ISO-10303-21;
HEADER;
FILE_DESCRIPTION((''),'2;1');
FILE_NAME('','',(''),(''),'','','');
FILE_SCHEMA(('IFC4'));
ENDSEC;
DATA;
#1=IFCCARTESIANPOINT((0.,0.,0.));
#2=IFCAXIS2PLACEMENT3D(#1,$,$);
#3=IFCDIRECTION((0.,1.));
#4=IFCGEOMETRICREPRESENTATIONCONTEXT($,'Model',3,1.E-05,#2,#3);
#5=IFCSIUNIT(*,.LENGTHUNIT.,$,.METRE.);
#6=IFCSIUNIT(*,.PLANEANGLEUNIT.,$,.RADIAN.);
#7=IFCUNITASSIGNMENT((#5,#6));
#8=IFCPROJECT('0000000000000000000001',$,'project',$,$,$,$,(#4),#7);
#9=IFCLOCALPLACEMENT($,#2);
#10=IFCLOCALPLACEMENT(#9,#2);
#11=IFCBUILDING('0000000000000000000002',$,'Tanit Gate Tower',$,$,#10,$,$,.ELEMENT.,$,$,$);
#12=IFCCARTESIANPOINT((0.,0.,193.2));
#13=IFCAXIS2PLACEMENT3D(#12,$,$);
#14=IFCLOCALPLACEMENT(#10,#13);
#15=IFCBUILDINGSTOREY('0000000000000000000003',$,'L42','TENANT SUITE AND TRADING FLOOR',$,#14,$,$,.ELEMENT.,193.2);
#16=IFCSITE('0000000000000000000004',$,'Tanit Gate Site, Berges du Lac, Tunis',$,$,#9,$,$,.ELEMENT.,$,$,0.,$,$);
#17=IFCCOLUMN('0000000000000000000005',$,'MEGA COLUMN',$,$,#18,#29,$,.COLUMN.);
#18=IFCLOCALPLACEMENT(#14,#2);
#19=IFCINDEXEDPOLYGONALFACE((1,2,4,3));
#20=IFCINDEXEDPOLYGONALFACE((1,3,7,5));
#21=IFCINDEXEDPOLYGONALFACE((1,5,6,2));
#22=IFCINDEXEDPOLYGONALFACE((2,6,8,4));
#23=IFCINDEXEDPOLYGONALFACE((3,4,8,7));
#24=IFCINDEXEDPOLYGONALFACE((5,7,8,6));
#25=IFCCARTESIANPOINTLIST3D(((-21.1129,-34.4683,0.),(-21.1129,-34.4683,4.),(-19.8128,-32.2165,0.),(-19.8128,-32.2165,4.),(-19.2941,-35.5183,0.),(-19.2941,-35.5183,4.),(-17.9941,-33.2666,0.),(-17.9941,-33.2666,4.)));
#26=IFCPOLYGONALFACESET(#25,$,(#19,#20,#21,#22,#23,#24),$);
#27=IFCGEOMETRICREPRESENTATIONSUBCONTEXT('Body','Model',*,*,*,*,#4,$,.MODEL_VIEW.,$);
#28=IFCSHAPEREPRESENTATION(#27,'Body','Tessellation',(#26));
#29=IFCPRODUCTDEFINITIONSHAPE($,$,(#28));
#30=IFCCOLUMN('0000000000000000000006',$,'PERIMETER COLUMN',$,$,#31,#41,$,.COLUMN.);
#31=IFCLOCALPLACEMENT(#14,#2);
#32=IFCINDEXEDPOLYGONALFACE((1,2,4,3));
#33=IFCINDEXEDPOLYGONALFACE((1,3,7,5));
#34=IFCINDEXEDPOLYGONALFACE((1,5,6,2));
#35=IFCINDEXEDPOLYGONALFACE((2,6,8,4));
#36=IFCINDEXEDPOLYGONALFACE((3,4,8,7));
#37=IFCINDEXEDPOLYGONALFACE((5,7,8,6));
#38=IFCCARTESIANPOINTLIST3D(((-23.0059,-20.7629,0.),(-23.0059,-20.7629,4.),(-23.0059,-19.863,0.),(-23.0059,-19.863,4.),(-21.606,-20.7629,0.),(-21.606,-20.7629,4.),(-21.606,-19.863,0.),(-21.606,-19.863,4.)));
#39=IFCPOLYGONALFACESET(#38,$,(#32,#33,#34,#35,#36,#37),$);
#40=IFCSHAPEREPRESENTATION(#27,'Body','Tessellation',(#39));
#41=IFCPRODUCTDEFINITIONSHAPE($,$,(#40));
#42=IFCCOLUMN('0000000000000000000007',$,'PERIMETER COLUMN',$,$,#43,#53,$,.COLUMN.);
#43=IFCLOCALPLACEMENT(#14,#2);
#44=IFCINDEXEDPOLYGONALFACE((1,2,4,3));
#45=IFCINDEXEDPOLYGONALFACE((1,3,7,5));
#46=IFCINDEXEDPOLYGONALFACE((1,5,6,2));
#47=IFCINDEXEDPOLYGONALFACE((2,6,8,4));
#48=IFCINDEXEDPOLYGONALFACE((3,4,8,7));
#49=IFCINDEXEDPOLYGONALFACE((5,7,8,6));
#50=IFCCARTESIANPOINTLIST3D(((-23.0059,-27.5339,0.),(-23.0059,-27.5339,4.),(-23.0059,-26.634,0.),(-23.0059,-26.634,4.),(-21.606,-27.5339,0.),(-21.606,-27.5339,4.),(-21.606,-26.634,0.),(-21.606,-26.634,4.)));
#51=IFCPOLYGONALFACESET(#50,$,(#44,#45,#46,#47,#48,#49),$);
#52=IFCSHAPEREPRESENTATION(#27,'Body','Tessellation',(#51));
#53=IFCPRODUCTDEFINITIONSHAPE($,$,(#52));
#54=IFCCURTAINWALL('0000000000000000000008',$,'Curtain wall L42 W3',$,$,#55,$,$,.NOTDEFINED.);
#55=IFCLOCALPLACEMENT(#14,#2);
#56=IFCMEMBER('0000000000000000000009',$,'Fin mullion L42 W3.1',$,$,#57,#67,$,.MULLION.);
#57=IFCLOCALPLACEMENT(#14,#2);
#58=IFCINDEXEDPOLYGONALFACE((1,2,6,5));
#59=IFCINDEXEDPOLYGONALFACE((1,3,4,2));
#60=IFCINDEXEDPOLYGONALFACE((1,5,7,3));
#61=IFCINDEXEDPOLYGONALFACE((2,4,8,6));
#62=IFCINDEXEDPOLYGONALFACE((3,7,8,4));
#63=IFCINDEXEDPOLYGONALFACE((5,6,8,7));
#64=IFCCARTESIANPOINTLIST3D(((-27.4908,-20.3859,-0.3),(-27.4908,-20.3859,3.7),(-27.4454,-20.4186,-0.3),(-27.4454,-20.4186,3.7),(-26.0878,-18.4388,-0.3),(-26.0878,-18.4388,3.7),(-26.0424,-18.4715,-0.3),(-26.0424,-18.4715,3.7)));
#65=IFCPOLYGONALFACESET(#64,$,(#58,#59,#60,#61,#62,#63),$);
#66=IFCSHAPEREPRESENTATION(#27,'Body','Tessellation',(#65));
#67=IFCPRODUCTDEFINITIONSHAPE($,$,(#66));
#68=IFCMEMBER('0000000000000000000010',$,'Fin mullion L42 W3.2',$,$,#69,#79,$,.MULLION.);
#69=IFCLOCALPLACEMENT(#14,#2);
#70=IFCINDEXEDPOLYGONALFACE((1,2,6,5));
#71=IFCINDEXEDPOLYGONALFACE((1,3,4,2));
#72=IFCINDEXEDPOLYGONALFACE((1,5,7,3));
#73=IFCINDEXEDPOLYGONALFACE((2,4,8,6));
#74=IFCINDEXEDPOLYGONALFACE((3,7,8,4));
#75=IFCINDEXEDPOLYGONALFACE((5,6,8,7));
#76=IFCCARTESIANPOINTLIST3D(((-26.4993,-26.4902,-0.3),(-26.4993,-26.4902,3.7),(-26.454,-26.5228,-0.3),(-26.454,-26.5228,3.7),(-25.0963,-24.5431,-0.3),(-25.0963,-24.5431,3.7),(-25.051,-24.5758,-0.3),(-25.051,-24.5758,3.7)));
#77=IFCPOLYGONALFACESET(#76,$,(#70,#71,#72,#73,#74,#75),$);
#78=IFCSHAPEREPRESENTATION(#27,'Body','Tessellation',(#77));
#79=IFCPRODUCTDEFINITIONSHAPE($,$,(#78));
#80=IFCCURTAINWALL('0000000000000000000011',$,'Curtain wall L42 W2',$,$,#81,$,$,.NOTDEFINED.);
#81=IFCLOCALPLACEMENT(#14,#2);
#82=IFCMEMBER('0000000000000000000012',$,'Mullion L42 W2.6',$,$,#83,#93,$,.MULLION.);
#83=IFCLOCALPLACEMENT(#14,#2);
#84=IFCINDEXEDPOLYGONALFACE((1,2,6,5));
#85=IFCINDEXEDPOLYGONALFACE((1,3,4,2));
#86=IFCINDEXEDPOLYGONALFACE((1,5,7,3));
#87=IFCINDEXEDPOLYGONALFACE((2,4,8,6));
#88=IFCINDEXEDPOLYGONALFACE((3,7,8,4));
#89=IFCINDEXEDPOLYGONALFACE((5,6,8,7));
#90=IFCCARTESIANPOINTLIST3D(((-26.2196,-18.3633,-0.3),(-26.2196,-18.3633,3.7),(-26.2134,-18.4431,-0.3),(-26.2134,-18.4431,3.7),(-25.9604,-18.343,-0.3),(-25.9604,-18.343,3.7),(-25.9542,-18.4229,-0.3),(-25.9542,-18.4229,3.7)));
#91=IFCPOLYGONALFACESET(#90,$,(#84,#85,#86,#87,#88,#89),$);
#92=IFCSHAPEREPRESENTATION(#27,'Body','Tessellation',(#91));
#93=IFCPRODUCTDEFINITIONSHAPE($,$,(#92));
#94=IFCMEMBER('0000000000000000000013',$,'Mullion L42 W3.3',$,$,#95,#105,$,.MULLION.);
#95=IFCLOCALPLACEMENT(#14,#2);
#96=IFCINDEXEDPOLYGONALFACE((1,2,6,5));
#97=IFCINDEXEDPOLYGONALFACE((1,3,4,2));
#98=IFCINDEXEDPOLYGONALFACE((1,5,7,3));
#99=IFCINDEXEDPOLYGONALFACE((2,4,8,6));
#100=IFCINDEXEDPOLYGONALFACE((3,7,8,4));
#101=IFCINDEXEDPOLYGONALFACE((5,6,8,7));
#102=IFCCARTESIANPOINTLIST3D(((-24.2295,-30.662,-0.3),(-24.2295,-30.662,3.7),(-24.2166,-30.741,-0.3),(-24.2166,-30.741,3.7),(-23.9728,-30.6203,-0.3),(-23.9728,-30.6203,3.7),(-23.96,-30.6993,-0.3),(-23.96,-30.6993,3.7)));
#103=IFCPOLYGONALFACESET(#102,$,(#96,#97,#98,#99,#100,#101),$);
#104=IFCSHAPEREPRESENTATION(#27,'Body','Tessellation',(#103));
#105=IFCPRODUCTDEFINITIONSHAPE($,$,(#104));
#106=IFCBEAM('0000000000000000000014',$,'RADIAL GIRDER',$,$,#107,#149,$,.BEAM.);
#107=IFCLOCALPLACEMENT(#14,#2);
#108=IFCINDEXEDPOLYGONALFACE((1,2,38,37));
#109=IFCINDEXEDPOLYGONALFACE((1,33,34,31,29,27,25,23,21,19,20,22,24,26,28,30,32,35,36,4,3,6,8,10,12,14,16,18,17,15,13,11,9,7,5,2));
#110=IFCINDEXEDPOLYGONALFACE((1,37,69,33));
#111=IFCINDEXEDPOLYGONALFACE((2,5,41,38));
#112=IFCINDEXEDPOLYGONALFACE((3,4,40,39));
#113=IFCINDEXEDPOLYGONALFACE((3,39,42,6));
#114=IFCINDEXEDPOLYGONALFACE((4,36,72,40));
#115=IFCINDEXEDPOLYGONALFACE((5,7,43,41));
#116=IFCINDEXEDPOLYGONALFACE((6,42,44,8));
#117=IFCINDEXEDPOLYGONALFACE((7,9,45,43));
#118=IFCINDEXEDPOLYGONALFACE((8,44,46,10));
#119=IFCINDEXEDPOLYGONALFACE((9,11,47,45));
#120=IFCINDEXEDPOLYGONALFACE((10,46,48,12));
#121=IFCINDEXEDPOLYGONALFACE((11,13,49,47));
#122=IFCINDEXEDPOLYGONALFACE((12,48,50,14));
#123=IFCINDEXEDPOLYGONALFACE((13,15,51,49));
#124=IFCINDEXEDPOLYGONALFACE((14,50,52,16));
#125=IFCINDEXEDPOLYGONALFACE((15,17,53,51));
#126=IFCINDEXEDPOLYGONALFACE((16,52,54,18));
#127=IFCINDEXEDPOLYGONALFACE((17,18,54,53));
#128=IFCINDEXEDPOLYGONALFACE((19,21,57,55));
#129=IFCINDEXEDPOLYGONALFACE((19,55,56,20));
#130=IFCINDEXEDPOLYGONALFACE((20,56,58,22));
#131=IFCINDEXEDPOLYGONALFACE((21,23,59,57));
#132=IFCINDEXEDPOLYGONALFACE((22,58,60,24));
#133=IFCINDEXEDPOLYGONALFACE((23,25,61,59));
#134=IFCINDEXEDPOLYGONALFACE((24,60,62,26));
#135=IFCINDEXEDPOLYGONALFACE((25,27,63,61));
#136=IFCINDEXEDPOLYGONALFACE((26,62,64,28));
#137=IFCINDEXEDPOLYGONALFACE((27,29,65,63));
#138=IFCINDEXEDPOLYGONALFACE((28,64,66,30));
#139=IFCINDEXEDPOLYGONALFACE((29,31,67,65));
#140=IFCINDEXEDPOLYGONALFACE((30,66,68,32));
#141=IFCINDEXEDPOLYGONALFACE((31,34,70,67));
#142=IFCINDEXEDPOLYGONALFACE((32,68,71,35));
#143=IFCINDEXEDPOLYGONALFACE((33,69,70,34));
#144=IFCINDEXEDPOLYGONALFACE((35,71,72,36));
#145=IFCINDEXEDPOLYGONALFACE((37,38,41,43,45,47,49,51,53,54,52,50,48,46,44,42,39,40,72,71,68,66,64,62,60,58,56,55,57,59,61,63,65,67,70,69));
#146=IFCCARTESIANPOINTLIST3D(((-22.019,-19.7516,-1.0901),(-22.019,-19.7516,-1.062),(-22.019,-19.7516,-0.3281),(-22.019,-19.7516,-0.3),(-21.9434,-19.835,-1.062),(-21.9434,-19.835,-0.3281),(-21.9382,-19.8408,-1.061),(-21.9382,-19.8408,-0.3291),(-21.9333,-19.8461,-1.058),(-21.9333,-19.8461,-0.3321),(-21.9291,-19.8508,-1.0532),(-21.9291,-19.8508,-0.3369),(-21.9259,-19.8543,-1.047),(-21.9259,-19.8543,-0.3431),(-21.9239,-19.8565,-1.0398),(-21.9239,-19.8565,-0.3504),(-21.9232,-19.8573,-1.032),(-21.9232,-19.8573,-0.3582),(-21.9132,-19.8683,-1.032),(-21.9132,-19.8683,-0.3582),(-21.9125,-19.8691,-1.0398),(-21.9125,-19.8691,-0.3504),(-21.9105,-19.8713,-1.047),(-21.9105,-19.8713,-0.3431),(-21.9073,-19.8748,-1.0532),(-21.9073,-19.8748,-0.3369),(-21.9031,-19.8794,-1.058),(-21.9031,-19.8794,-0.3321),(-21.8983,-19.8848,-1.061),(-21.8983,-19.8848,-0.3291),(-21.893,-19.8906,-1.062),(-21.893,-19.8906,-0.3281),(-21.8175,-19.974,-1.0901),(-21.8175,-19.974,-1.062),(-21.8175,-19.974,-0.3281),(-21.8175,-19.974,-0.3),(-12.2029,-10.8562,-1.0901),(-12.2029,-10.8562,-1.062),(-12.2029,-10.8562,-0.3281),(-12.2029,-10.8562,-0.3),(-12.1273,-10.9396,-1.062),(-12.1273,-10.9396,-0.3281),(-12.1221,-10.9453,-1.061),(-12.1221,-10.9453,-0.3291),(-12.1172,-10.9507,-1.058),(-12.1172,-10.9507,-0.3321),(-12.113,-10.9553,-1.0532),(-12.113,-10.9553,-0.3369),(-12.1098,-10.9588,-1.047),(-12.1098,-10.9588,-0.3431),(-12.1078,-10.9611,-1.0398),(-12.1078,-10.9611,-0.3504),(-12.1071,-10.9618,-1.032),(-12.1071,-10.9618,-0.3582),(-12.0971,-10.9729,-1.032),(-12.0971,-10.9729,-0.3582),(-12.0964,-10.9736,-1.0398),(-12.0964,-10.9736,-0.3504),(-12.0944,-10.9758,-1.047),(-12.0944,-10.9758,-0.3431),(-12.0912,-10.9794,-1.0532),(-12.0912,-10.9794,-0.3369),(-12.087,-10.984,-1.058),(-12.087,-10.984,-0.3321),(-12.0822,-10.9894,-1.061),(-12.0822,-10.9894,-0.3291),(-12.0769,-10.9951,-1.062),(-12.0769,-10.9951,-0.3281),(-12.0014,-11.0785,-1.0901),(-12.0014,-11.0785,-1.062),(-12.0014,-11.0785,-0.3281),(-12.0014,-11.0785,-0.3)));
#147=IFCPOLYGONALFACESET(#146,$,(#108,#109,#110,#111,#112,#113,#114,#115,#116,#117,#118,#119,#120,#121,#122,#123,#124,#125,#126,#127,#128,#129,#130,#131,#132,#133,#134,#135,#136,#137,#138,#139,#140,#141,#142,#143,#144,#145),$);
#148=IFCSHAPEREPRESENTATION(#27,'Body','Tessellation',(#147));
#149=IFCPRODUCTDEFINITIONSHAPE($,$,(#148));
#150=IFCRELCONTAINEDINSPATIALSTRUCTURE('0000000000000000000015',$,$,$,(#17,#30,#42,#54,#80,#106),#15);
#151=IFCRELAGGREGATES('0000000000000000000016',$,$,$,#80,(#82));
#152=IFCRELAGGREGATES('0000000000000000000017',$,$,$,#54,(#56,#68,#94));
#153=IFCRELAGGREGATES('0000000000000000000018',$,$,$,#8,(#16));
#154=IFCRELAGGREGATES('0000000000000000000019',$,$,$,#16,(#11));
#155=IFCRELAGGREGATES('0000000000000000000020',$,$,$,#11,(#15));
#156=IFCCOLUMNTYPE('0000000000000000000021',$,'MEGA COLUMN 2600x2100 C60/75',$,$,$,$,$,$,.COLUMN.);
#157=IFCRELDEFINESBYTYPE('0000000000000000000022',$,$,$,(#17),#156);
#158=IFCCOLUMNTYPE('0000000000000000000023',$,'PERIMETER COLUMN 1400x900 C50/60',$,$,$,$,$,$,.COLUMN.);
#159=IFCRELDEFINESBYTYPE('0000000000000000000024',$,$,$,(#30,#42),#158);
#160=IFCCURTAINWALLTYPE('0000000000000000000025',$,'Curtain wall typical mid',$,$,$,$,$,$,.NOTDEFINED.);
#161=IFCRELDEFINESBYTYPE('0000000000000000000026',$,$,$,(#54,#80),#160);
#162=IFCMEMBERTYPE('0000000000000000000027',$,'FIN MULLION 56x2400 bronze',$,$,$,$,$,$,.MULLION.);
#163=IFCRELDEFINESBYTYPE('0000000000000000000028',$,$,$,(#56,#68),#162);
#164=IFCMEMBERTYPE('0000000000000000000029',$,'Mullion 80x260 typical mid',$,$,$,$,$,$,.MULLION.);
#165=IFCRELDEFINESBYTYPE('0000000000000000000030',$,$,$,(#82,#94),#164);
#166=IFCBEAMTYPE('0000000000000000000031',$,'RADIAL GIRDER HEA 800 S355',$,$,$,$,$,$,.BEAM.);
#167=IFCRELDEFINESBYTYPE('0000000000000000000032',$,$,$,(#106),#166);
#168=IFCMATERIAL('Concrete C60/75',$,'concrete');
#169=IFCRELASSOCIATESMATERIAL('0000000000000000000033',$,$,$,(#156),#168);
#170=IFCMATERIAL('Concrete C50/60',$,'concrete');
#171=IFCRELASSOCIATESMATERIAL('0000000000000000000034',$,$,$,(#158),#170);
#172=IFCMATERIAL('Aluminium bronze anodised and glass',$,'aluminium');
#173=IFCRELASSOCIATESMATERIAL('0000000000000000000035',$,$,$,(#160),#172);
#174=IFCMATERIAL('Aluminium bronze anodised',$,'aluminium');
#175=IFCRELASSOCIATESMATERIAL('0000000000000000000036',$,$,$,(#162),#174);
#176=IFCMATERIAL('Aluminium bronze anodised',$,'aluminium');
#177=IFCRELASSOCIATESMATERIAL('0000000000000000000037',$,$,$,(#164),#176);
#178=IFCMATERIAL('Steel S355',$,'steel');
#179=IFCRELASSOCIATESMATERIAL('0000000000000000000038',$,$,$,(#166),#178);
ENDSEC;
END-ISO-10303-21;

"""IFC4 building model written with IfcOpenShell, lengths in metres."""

from ifc_helpers import new_model, si_unit, direction, frame, origin, origin_2d, place, context, subcontext, project, spatial, rectangle, i_section, extrude, material, material_profile, profile_set, type_object, element, aggregate, save


model = new_model("IFC4")

# Units and contexts
model_context = context("Model", 3, precision=1e-05, world=origin(), true_north=direction((0.0, 1.0)))
body_context = subcontext(model_context, "Body", "Model", "MODEL_VIEW")
ifc_project = project(units=[si_unit("LENGTHUNIT", "METRE"), si_unit("PLANEANGLEUNIT", "RADIAN")], contexts=[model_context])

# Site, building, storey
site_placement = place(None, origin())
site = spatial("IfcSite", under=ifc_project, at=site_placement, Name="Tanit Gate Site, Berges du Lac, Tunis", CompositionType="ELEMENT", RefElevation=0.0)
building_placement = place(site_placement, origin())
building = spatial("IfcBuilding", under=site, at=building_placement, Name="Tanit Gate Tower", CompositionType="ELEMENT")
storey_placement = place(building_placement, frame((0.0, 0.0, 193.2)))
storey = spatial("IfcBuildingStorey", under=building, at=storey_placement, Name="L42", Description="TENANT SUITE AND TRADING FLOOR", CompositionType="ELEMENT", Elevation=193.2)

# Columns
ifc_material_1 = material(Name="Concrete C60/75", Category="concrete")
ifc_material_profile_1 = material_profile(ifc_material_1, rectangle(XDim=2.6001, YDim=2.1001, at=origin_2d()), Name="RC 2600x2100")
ifc_profile_set_1 = profile_set([ifc_material_profile_1], Name="Concrete C60/75")
column_type_1 = type_object("IfcColumnType", Name="MEGA COLUMN 2600x2100 C60/75", PredefinedType="COLUMN", material=ifc_profile_set_1)
column_placement = place(storey_placement, frame((-19.5535, -33.8674, 0.0), z_axis=(0.0, 0.0, 1.0), x_axis=(-0.5, -0.866025, 0.0)))
element("IfcColumn", 1, at=column_placement, inside=storey, type_object=column_type_1, Name="MEGA COLUMN", PredefinedType="COLUMN", context=body_context, shape_type="SweptSolid", body=[
    extrude(rectangle(XDim=2.6001, YDim=2.1001, at=origin_2d()), origin(), (0.0, 0.0, 1.0), 4.0),
])
ifc_material_2 = material(Name="Concrete C50/60", Category="concrete")
ifc_material_profile_2 = material_profile(ifc_material_2, rectangle(XDim=1.3999, YDim=0.8999, at=origin_2d()), Name="RC 1400x900")
ifc_profile_set_2 = profile_set([ifc_material_profile_2], Name="Concrete C50/60")
column_type_2 = type_object("IfcColumnType", Name="PERIMETER COLUMN 1400x900 C50/60", PredefinedType="COLUMN", material=ifc_profile_set_2)
for number, where, z_axis, x_axis, name in (
    (2, (-22.3059, -20.313, 0.0), (0.0, 0.0, 1.0), (-1.0, 0.0, 0.0), "PERIMETER COLUMN"),
    (3, (-22.3059, -27.084, 0.0), (0.0, 0.0, 1.0), (-1.0, 0.0, 0.0), "PERIMETER COLUMN"),
):
    element("IfcColumn", number, at=place(storey_placement, frame(where, z_axis=z_axis, x_axis=x_axis)), inside=storey, type_object=column_type_2, Name=name, PredefinedType="COLUMN", context=body_context, shape_type="SweptSolid", body=[
        extrude(rectangle(XDim=1.3999, YDim=0.8999, at=origin_2d()), origin(), (0.0, 0.0, 1.0), 4.0),
    ])

# Curtain wall, members
ifc_material_3 = material(Name="Aluminium bronze anodised and glass", Category="aluminium")
curtain_wall_type = type_object("IfcCurtainWallType", Name="Curtain wall typical mid", PredefinedType="NOTDEFINED", material=ifc_material_3)
curtain_wall_1_placement = place(storey_placement, origin())
curtain_wall_1 = element("IfcCurtainWall", 4, at=curtain_wall_1_placement, inside=storey, type_object=curtain_wall_type, Name="Curtain wall L42 W3", PredefinedType="NOTDEFINED")
ifc_material_4 = material(Name="Aluminium bronze anodised", Category="aluminium")
ifc_material_profile_3 = material_profile(ifc_material_4, rectangle(XDim=2.3999, YDim=0.0559, at=origin_2d()), Name="56x2400 bronze fin mullion")
ifc_profile_set_3 = profile_set([ifc_material_profile_3], Name="Aluminium bronze anodised")
member_type_1 = type_object("IfcMemberType", Name="FIN MULLION 56x2400 bronze", PredefinedType="MULLION", material=ifc_profile_set_3)
member_1_placement = place(storey_placement, frame((-26.7666, -19.4287, -0.3), z_axis=(0.0, 0.0, 1.0), x_axis=(0.584614, 0.811312, 0.0)))
member_1 = element("IfcMember", 5, at=member_1_placement, type_object=member_type_1, Name="Fin mullion L42 W3.1", PredefinedType="MULLION", context=body_context, shape_type="SweptSolid", body=[
    extrude(rectangle(XDim=2.3999, YDim=0.0559, at=origin_2d()), origin(), (0.0, 0.0, 1.0), 4.0),
])
member_2_placement = place(storey_placement, frame((-25.7751, -25.533, -0.3), z_axis=(0.0, 0.0, 1.0), x_axis=(0.584614, 0.811312, 0.0)))
member_2 = element("IfcMember", 6, at=member_2_placement, type_object=member_type_1, Name="Fin mullion L42 W3.2", PredefinedType="MULLION", context=body_context, shape_type="SweptSolid", body=[
    extrude(rectangle(XDim=2.3999, YDim=0.0559, at=origin_2d()), origin(), (0.0, 0.0, 1.0), 4.0),
])

# Curtain wall, member
curtain_wall_2_placement = place(storey_placement, origin())
curtain_wall_2 = element("IfcCurtainWall", 7, at=curtain_wall_2_placement, inside=storey, type_object=curtain_wall_type, Name="Curtain wall L42 W2", PredefinedType="NOTDEFINED")
ifc_material_5 = material(Name="Aluminium bronze anodised", Category="aluminium")
ifc_material_profile_4 = material_profile(ifc_material_5, rectangle(XDim=0.26, YDim=0.0801, at=origin_2d()), Name="80x260 bronze mullion")
ifc_profile_set_4 = profile_set([ifc_material_profile_4], Name="Aluminium bronze anodised")
member_type_2 = type_object("IfcMemberType", Name="Mullion 80x260 typical mid", PredefinedType="MULLION", material=ifc_profile_set_4)
member_3_placement = place(storey_placement, frame((-26.0869, -18.3931, -0.3), z_axis=(0.0, 0.0, 1.0), x_axis=(0.996966, 0.077839, 0.0)))
member_3 = element("IfcMember", 8, at=member_3_placement, type_object=member_type_2, Name="Mullion L42 W2.6", PredefinedType="MULLION", context=body_context, shape_type="SweptSolid", body=[
    extrude(rectangle(XDim=0.26, YDim=0.0801, at=origin_2d()), origin(), (0.0, 0.0, 1.0), 4.0),
])

# Member
member_4_placement = place(storey_placement, frame((-24.0947, -30.6807, -0.3), z_axis=(0.0, 0.0, 1.0), x_axis=(0.987068, 0.1603, 0.0)))
member_4 = element("IfcMember", 9, at=member_4_placement, type_object=member_type_2, Name="Mullion L42 W3.3", PredefinedType="MULLION", context=body_context, shape_type="SweptSolid", body=[
    extrude(rectangle(XDim=0.26, YDim=0.0801, at=origin_2d()), origin(), (0.0, 0.0, 1.0), 4.0),
])

# Beam
ifc_material_6 = material(Name="Steel S355", Category="steel")
ifc_material_profile_5 = material_profile(ifc_material_6, i_section(OverallWidth=0.3, OverallDepth=0.79, WebThickness=0.0149, FlangeThickness=0.0281, FilletRadius=0.03, at=origin_2d()), Name="HEA 800")
ifc_profile_set_5 = profile_set([ifc_material_profile_5], Name="Steel S355")
beam_type_1 = type_object("IfcBeamType", Name="RADIAL GIRDER HEA 800 S355", PredefinedType="BEAM", material=ifc_profile_set_5)
beam_1_placement = place(storey_placement, frame((-21.9182, -19.8628, -0.6951), z_axis=(0.741002, 0.671503, 0.0), x_axis=(-0.671503, 0.741002, 0.0)))
element("IfcBeam", 10, at=beam_1_placement, inside=storey, type_object=beam_type_1, Name="RADIAL GIRDER", PredefinedType="BEAM", context=body_context, shape_type="SweptSolid", body=[
    extrude(i_section(OverallWidth=0.3, OverallDepth=0.79, WebThickness=0.0149, FlangeThickness=0.0281, FilletRadius=0.03, at=origin_2d()), origin(), (0.0, 0.0, 1.0), 13.2471),
])

aggregate(curtain_wall_2, [member_3])
aggregate(curtain_wall_1, [member_1, member_2, member_4])

save(model, "model.ifc")
